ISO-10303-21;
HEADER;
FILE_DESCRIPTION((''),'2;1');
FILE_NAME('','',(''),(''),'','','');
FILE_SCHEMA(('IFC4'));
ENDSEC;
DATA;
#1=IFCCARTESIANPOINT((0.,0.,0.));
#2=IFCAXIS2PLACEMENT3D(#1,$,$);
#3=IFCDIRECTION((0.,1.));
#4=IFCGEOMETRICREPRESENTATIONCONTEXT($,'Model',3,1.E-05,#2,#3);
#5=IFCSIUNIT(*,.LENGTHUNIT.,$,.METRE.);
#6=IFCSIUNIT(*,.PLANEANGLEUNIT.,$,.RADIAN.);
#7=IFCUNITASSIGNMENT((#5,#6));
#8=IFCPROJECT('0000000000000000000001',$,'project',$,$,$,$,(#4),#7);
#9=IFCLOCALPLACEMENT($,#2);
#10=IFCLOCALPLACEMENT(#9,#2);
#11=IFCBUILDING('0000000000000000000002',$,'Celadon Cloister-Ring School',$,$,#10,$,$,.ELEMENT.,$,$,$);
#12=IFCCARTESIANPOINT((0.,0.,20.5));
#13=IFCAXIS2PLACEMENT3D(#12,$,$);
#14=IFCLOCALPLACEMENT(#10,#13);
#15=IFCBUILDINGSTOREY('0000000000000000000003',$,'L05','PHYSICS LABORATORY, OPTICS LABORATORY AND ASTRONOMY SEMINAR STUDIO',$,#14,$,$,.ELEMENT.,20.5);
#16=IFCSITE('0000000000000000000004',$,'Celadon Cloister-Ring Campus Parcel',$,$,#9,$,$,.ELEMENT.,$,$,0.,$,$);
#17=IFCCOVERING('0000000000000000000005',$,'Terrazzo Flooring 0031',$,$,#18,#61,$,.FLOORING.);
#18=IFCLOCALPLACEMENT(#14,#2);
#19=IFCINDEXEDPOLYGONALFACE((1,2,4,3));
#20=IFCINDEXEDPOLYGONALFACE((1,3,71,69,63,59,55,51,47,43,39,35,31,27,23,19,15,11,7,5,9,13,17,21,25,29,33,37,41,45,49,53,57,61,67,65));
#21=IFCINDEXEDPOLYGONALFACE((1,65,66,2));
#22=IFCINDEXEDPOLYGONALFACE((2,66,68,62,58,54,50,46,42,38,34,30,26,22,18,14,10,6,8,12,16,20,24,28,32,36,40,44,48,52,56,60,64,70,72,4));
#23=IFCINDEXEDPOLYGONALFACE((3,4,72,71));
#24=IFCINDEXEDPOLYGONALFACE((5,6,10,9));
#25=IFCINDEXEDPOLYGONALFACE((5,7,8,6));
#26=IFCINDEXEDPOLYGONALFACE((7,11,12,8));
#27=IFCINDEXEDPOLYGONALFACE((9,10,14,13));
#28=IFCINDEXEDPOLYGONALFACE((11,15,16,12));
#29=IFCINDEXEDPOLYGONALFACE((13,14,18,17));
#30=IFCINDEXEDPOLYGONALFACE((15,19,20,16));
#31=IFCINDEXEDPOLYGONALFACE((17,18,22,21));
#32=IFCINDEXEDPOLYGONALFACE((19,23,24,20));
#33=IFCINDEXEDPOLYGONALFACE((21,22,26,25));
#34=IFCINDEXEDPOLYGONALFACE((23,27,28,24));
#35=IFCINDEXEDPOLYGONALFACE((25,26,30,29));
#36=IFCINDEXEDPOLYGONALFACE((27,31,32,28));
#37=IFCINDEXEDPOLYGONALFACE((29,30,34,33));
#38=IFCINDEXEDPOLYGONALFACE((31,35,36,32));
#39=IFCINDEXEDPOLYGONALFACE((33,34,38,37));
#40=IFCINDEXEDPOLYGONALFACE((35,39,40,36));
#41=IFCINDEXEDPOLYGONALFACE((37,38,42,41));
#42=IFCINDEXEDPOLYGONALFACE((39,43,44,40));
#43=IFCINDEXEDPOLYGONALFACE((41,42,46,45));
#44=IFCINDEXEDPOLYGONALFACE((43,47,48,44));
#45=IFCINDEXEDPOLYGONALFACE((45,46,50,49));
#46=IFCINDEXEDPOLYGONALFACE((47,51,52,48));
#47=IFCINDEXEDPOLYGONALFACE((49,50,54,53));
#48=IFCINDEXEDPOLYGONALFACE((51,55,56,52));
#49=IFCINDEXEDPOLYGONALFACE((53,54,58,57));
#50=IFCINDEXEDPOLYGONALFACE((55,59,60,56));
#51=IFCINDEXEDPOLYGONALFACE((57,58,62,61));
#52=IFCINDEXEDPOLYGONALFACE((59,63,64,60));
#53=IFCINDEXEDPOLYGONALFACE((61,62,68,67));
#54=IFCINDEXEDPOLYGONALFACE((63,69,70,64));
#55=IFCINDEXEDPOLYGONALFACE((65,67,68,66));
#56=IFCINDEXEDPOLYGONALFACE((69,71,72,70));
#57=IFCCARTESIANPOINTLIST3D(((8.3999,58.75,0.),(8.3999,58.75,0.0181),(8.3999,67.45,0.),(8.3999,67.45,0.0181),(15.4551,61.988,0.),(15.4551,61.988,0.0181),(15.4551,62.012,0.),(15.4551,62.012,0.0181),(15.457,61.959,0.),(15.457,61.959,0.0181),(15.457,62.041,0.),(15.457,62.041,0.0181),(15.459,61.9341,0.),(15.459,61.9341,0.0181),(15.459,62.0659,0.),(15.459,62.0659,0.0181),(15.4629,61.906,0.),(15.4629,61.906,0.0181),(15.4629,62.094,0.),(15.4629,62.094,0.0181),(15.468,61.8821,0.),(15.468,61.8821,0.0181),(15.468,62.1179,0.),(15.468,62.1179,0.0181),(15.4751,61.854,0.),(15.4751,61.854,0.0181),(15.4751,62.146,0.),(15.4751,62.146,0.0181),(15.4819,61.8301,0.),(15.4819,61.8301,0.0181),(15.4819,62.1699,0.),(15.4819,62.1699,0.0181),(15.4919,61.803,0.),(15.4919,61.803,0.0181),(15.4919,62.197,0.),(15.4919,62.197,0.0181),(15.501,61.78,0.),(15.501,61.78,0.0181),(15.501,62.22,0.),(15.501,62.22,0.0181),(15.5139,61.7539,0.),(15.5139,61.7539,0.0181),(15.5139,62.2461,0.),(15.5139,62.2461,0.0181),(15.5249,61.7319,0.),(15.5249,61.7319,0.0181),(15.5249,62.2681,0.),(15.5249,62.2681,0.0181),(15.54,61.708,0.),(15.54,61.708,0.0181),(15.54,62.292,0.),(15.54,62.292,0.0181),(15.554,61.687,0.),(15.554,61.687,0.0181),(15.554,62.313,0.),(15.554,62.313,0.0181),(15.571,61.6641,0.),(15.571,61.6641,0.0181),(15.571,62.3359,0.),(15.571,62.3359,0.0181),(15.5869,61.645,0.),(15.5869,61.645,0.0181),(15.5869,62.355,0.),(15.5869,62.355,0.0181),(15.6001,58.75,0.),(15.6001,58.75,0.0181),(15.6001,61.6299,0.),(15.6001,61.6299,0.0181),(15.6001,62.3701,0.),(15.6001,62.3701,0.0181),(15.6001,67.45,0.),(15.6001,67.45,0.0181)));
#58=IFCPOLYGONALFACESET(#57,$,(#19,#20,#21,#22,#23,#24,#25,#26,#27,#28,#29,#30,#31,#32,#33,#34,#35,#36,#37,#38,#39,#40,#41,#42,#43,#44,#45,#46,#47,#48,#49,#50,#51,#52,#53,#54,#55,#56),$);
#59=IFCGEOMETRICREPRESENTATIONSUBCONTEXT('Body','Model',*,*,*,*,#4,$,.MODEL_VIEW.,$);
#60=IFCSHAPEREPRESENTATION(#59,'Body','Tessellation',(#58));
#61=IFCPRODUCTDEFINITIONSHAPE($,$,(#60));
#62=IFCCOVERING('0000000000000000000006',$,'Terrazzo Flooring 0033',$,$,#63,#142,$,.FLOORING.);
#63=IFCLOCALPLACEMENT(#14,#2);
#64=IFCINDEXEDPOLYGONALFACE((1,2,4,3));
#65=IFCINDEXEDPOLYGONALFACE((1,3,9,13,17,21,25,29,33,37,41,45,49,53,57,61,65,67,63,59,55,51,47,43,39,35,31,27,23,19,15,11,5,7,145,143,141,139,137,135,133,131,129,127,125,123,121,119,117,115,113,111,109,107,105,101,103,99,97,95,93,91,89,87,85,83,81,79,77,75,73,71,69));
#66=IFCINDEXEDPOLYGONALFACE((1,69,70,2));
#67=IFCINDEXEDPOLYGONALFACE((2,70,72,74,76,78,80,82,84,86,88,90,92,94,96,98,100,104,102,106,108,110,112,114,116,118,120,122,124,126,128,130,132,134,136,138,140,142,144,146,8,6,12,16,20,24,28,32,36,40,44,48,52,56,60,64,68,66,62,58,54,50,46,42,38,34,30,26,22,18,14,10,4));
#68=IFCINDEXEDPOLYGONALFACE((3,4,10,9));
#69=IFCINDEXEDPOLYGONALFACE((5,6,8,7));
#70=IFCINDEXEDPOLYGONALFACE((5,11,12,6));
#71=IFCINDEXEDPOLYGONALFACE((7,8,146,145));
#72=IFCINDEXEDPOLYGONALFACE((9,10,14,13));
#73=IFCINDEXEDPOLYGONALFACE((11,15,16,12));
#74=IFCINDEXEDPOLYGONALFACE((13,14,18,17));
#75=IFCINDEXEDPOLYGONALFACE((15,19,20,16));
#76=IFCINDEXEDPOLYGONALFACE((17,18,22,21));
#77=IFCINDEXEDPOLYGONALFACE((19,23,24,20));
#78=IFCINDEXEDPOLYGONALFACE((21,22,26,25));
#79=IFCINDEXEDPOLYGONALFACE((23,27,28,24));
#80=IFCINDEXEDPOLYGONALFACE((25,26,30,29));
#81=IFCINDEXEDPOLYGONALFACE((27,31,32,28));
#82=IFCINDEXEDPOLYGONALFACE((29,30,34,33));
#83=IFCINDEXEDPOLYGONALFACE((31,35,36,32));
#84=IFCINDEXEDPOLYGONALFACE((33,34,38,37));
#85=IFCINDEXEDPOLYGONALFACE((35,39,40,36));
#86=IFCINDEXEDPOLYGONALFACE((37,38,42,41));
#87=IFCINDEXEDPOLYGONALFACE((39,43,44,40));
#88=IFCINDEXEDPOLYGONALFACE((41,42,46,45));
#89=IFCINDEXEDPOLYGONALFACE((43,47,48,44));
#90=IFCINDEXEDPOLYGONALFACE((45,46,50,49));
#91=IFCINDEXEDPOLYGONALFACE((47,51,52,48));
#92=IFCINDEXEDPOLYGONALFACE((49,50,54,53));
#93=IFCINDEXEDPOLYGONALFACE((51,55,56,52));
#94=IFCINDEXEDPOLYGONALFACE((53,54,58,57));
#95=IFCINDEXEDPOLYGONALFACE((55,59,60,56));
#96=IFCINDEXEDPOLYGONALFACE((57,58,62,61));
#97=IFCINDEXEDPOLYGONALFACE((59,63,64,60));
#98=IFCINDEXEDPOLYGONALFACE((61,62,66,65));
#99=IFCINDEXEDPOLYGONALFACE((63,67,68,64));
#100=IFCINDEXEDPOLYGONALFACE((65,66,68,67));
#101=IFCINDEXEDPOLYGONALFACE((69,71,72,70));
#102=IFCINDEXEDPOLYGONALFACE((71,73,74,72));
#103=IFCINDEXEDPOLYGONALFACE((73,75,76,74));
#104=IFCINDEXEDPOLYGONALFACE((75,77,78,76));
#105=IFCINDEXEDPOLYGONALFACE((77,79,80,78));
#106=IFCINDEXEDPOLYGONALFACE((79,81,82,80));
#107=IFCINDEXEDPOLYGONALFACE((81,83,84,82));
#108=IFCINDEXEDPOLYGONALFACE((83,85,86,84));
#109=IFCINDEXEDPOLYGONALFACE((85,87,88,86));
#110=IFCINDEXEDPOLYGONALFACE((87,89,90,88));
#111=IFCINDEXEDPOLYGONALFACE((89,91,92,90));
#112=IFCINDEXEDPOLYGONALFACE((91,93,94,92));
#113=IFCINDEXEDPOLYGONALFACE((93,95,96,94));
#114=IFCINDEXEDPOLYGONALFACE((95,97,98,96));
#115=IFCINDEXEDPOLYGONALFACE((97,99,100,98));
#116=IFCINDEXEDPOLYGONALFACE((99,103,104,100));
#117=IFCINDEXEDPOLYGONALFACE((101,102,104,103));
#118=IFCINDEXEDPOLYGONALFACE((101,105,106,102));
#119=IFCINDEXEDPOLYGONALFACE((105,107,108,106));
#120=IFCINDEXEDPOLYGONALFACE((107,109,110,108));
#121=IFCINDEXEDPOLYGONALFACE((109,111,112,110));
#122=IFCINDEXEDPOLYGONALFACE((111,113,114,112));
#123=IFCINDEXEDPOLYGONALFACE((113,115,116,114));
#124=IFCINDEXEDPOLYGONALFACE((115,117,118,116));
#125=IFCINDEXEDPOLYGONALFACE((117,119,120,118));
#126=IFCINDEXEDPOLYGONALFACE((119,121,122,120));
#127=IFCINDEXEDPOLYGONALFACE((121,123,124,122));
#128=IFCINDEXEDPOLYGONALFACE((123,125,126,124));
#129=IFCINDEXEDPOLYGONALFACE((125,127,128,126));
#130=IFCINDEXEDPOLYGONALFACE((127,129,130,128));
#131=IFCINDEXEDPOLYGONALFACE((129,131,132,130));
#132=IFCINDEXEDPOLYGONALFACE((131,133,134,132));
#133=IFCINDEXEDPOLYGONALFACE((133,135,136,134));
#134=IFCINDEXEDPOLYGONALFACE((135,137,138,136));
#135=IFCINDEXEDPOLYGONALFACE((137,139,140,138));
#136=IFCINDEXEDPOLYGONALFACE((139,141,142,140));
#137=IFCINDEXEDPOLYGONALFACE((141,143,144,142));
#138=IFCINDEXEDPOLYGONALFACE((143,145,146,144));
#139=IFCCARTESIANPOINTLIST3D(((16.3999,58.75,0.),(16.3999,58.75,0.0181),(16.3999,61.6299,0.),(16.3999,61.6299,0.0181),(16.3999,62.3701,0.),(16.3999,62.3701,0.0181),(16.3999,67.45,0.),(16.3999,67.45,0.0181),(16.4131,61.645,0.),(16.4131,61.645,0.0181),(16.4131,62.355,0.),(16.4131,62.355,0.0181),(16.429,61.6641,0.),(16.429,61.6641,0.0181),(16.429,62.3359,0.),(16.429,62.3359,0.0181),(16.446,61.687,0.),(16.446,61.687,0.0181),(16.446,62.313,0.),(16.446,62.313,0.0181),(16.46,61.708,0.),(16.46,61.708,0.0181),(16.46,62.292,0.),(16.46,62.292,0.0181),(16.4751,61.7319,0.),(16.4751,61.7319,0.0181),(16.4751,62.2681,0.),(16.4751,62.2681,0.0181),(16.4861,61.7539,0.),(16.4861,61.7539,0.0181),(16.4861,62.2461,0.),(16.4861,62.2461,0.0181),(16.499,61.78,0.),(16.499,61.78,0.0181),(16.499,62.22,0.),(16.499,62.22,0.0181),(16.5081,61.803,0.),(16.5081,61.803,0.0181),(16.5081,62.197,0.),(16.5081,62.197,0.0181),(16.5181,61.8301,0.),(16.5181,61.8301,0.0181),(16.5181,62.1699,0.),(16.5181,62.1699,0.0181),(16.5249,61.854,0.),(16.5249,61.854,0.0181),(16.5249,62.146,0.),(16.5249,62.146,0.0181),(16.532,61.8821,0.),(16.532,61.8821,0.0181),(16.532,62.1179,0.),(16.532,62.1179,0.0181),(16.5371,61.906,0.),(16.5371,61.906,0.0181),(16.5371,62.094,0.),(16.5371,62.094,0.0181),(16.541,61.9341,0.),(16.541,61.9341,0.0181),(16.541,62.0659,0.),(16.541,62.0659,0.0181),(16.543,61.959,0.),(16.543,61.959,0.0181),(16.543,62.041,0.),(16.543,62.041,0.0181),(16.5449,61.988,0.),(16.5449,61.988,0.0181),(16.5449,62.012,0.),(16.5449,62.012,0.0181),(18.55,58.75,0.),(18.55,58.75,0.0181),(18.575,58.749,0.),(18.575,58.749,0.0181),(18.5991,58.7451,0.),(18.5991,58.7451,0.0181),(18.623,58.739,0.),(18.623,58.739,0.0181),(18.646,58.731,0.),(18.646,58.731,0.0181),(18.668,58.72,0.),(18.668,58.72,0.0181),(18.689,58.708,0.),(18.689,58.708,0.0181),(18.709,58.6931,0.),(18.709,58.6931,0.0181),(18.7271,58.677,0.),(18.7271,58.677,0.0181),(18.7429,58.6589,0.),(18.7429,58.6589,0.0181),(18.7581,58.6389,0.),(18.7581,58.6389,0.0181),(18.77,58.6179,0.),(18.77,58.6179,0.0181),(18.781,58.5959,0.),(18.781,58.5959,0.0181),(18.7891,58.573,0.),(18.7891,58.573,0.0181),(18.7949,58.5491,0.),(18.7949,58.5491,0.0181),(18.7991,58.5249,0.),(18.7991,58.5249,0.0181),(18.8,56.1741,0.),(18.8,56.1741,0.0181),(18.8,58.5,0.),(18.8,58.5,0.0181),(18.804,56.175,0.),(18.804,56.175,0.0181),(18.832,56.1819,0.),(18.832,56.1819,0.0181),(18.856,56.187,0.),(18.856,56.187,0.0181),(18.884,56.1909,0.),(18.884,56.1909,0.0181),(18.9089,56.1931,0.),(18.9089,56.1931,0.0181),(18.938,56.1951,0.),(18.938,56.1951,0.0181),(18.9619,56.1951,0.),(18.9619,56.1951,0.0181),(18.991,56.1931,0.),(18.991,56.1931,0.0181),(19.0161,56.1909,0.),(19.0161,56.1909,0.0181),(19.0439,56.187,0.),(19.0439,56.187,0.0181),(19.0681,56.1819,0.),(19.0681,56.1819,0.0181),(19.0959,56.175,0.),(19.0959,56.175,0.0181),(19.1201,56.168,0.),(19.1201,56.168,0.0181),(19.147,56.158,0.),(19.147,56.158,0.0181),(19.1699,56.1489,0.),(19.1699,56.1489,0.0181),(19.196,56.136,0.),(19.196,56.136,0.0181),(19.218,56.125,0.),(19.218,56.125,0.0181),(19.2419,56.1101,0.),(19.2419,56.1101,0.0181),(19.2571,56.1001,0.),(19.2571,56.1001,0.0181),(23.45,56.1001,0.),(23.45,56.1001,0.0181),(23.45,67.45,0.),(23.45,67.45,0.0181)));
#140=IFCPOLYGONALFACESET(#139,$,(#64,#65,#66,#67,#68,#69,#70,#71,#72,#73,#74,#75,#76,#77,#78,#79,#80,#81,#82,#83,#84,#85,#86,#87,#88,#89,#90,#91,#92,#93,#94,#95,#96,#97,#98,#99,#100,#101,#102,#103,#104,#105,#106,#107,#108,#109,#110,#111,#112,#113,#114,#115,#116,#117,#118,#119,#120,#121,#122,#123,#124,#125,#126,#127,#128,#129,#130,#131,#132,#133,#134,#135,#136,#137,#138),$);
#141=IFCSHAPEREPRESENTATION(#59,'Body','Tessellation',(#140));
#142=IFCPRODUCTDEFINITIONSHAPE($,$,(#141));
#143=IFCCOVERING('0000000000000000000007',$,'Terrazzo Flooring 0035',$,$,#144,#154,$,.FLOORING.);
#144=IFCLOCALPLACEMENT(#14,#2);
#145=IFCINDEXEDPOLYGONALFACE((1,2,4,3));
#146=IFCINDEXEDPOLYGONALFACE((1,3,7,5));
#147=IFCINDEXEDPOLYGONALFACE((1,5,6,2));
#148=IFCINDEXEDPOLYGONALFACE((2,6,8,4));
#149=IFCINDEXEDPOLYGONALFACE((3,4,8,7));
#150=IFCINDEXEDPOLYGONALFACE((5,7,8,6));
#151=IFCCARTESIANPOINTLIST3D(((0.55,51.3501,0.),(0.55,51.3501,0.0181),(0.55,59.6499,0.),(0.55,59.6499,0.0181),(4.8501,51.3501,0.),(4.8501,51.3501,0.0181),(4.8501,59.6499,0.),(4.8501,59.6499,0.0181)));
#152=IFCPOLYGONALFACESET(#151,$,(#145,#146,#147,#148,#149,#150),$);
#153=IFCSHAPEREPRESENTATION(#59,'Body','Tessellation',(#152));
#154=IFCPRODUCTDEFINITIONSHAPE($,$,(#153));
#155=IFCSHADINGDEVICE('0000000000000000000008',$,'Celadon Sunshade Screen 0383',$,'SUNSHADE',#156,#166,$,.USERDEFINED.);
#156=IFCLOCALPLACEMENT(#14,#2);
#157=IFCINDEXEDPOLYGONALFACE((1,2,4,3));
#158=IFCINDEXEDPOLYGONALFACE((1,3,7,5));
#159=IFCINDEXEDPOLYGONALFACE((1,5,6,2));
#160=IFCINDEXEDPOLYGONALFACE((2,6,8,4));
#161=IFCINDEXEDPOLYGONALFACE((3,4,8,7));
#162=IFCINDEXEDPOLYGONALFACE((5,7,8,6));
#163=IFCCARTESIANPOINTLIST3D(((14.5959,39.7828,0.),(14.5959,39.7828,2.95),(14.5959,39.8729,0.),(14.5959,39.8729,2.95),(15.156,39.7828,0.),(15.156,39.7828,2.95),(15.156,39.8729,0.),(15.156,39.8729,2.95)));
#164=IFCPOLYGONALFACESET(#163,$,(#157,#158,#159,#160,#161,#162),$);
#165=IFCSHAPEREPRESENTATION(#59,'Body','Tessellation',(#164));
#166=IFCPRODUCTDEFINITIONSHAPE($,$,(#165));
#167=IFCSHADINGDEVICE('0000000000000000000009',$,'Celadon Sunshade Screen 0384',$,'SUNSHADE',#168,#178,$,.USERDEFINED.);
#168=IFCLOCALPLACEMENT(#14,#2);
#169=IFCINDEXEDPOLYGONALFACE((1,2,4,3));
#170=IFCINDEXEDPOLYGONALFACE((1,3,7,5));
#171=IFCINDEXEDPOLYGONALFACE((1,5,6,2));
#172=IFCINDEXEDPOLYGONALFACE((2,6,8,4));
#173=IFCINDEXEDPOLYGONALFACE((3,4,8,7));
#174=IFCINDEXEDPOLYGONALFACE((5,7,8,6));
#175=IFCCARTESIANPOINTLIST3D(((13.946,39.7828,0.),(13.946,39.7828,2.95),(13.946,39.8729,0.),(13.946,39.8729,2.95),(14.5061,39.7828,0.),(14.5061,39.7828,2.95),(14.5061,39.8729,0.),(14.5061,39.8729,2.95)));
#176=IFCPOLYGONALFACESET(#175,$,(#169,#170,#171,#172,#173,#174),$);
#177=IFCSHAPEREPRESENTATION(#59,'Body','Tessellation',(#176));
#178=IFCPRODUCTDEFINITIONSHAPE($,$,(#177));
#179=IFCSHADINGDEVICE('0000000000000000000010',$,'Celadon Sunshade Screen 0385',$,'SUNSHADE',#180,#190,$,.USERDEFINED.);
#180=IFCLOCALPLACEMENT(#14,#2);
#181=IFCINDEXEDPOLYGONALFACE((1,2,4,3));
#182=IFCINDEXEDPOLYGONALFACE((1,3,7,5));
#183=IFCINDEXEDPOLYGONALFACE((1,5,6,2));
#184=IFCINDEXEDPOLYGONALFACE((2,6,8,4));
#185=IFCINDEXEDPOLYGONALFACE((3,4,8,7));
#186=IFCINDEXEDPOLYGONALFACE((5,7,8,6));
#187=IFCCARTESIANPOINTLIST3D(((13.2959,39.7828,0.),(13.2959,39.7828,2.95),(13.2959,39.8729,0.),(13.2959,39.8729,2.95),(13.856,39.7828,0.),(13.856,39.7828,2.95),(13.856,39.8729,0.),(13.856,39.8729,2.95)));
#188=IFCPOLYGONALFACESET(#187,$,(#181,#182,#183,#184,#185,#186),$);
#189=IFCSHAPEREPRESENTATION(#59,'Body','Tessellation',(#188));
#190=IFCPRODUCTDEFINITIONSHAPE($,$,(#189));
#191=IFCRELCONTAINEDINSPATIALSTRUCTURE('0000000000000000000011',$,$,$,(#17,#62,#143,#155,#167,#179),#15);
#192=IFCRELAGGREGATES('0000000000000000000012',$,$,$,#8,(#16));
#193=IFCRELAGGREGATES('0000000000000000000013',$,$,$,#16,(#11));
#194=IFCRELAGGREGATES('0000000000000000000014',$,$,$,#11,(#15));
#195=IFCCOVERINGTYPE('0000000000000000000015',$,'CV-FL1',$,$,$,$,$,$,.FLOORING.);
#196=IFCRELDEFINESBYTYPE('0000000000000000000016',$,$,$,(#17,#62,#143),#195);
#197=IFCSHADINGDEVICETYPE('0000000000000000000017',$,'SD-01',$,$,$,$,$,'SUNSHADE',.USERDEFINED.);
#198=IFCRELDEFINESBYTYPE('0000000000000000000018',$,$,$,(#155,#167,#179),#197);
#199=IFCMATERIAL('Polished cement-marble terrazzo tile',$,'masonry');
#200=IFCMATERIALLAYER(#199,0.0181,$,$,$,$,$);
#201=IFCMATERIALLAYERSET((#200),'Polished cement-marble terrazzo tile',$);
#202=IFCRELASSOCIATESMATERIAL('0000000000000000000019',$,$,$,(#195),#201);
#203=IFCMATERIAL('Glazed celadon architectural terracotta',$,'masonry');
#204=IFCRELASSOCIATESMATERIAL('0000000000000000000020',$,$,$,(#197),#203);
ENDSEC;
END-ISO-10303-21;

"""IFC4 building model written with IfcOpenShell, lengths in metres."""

from ifc_helpers import new_model, si_unit, direction, frame, origin, origin_2d, place, context, subcontext, project, spatial, polyline, rectangle, outline, extrude, material, layer, layer_set, type_object, element, save


model = new_model("IFC4")

# Units and contexts
model_context = context("Model", 3, precision=1e-05, world=origin(), true_north=direction((0.0, 1.0)))
body_context = subcontext(model_context, "Body", "Model", "MODEL_VIEW")
ifc_project = project(units=[si_unit("LENGTHUNIT", "METRE"), si_unit("PLANEANGLEUNIT", "RADIAN")], contexts=[model_context])

# Site, building, storey
site_placement = place(None, origin())
site = spatial("IfcSite", under=ifc_project, at=site_placement, Name="Celadon Cloister-Ring Campus Parcel", CompositionType="ELEMENT", RefElevation=0.0)
building_placement = place(site_placement, origin())
building = spatial("IfcBuilding", under=site, at=building_placement, Name="Celadon Cloister-Ring School", CompositionType="ELEMENT")
storey_placement = place(building_placement, frame((0.0, 0.0, 20.5)))
storey = spatial("IfcBuildingStorey", under=building, at=storey_placement, Name="L05", Description="PHYSICS LABORATORY, OPTICS LABORATORY AND ASTRONOMY SEMINAR STUDIO", CompositionType="ELEMENT", Elevation=20.5)

# Coverings
ifc_material_1 = material(Name="Polished cement-marble terrazzo tile", Category="masonry")
ifc_layer_1 = layer(ifc_material_1, 0.0181)
ifc_layer_set_1 = layer_set([ifc_layer_1], Name="Polished cement-marble terrazzo tile")
covering_type_1 = type_object("IfcCoveringType", Name="CV-FL1", PredefinedType="FLOORING", material=ifc_layer_set_1)
covering_1_placement = place(storey_placement, origin())
element("IfcCovering", 1, at=covering_1_placement, inside=storey, type_object=covering_type_1, Name="Terrazzo Flooring 0031", PredefinedType="FLOORING", context=body_context, shape_type="SweptSolid", body=[
    extrude(outline(polyline([(15.6001, 61.6299), (15.6001, 58.75), (8.3999, 58.75), (8.3999, 67.45), (15.6001, 67.45), (15.6001, 62.3701), (15.5869, 62.355), (15.571, 62.3359), (15.554, 62.313), (15.54, 62.292), (15.5249, 62.2681), (15.5139, 62.2461), (15.501, 62.22), (15.4919, 62.197), (15.4819, 62.1699), (15.4751, 62.146), (15.468, 62.1179), (15.4629, 62.094), (15.459, 62.0659), (15.457, 62.041), (15.4551, 62.012), (15.4551, 61.988), (15.457, 61.959), (15.459, 61.9341), (15.4629, 61.906), (15.468, 61.8821), (15.4751, 61.854), (15.4819, 61.8301), (15.4919, 61.803), (15.501, 61.78), (15.5139, 61.7539), (15.5249, 61.7319), (15.54, 61.708), (15.554, 61.687), (15.571, 61.6641), (15.5869, 61.645), (15.6001, 61.6299)])), origin(), (0.0, 0.0, 1.0), 0.0181),
])
covering_2_placement = place(storey_placement, origin())
element("IfcCovering", 2, at=covering_2_placement, inside=storey, type_object=covering_type_1, Name="Terrazzo Flooring 0033", PredefinedType="FLOORING", context=body_context, shape_type="SweptSolid", body=[
    extrude(outline(polyline([(16.3999, 61.6299), (16.4131, 61.645), (16.429, 61.6641), (16.446, 61.687), (16.46, 61.708), (16.4751, 61.7319), (16.4861, 61.7539), (16.499, 61.78), (16.5081, 61.803), (16.5181, 61.8301), (16.5249, 61.854), (16.532, 61.8821), (16.5371, 61.906), (16.541, 61.9341), (16.543, 61.959), (16.5449, 61.988), (16.5449, 62.012), (16.543, 62.041), (16.541, 62.0659), (16.5371, 62.094), (16.532, 62.1179), (16.5249, 62.146), (16.5181, 62.1699), (16.5081, 62.197), (16.499, 62.22), (16.4861, 62.2461), (16.4751, 62.2681), (16.46, 62.292), (16.446, 62.313), (16.429, 62.3359), (16.4131, 62.355), (16.3999, 62.3701), (16.3999, 67.45), (23.45, 67.45), (23.45, 56.1001), (19.2571, 56.1001), (19.2419, 56.1101), (19.218, 56.125), (19.196, 56.136), (19.1699, 56.1489), (19.147, 56.158), (19.1201, 56.168), (19.0959, 56.175), (19.0681, 56.1819), (19.0439, 56.187), (19.0161, 56.1909), (18.991, 56.1931), (18.9619, 56.1951), (18.938, 56.1951), (18.9089, 56.1931), (18.884, 56.1909), (18.856, 56.187), (18.832, 56.1819), (18.804, 56.175), (18.8, 56.1741), (18.8, 58.5), (18.7991, 58.5249), (18.7949, 58.5491), (18.7891, 58.573), (18.781, 58.5959), (18.77, 58.6179), (18.7581, 58.6389), (18.7429, 58.6589), (18.7271, 58.677), (18.709, 58.6931), (18.689, 58.708), (18.668, 58.72), (18.646, 58.731), (18.623, 58.739), (18.5991, 58.7451), (18.575, 58.749), (18.55, 58.75), (16.3999, 58.75), (16.3999, 61.6299)])), origin(), (0.0, 0.0, 1.0), 0.0181),
])
covering_3_placement = place(storey_placement, origin())
element("IfcCovering", 3, at=covering_3_placement, inside=storey, type_object=covering_type_1, Name="Terrazzo Flooring 0035", PredefinedType="FLOORING", context=body_context, shape_type="SweptSolid", body=[
    extrude(outline(polyline([(4.8501, 59.6499), (4.8501, 51.3501), (0.55, 51.3501), (0.55, 59.6499), (4.8501, 59.6499)])), origin(), (0.0, 0.0, 1.0), 0.0181),
])

# Shading devices
ifc_material_2 = material(Name="Glazed celadon architectural terracotta", Category="masonry")
shading_device_type = type_object("IfcShadingDeviceType", Name="SD-01", ElementType="SUNSHADE", PredefinedType="USERDEFINED", material=ifc_material_2)
for number, where, z_axis, x_axis, name in (
    (4, (14.876, 39.8279, 0.0), (0.0, 0.0, 1.0), (-1.0, 0.0, 0.0), "Celadon Sunshade Screen 0383"),
    (5, (14.2261, 39.8279, 0.0), (0.0, 0.0, 1.0), (-1.0, 0.0, 0.0), "Celadon Sunshade Screen 0384"),
    (6, (13.5759, 39.8279, 0.0), (0.0, 0.0, 1.0), (-1.0, 0.0, 0.0), "Celadon Sunshade Screen 0385"),
):
    element("IfcShadingDevice", number, at=place(storey_placement, frame(where, z_axis=z_axis, x_axis=x_axis)), inside=storey, type_object=shading_device_type, Name=name, ObjectType="SUNSHADE", PredefinedType="USERDEFINED", context=body_context, shape_type="SweptSolid", body=[
        extrude(rectangle(XDim=0.5601, YDim=0.0901, at=origin_2d()), origin(), (0.0, 0.0, 1.0), 2.95),
    ])

save(model, "model.ifc")
